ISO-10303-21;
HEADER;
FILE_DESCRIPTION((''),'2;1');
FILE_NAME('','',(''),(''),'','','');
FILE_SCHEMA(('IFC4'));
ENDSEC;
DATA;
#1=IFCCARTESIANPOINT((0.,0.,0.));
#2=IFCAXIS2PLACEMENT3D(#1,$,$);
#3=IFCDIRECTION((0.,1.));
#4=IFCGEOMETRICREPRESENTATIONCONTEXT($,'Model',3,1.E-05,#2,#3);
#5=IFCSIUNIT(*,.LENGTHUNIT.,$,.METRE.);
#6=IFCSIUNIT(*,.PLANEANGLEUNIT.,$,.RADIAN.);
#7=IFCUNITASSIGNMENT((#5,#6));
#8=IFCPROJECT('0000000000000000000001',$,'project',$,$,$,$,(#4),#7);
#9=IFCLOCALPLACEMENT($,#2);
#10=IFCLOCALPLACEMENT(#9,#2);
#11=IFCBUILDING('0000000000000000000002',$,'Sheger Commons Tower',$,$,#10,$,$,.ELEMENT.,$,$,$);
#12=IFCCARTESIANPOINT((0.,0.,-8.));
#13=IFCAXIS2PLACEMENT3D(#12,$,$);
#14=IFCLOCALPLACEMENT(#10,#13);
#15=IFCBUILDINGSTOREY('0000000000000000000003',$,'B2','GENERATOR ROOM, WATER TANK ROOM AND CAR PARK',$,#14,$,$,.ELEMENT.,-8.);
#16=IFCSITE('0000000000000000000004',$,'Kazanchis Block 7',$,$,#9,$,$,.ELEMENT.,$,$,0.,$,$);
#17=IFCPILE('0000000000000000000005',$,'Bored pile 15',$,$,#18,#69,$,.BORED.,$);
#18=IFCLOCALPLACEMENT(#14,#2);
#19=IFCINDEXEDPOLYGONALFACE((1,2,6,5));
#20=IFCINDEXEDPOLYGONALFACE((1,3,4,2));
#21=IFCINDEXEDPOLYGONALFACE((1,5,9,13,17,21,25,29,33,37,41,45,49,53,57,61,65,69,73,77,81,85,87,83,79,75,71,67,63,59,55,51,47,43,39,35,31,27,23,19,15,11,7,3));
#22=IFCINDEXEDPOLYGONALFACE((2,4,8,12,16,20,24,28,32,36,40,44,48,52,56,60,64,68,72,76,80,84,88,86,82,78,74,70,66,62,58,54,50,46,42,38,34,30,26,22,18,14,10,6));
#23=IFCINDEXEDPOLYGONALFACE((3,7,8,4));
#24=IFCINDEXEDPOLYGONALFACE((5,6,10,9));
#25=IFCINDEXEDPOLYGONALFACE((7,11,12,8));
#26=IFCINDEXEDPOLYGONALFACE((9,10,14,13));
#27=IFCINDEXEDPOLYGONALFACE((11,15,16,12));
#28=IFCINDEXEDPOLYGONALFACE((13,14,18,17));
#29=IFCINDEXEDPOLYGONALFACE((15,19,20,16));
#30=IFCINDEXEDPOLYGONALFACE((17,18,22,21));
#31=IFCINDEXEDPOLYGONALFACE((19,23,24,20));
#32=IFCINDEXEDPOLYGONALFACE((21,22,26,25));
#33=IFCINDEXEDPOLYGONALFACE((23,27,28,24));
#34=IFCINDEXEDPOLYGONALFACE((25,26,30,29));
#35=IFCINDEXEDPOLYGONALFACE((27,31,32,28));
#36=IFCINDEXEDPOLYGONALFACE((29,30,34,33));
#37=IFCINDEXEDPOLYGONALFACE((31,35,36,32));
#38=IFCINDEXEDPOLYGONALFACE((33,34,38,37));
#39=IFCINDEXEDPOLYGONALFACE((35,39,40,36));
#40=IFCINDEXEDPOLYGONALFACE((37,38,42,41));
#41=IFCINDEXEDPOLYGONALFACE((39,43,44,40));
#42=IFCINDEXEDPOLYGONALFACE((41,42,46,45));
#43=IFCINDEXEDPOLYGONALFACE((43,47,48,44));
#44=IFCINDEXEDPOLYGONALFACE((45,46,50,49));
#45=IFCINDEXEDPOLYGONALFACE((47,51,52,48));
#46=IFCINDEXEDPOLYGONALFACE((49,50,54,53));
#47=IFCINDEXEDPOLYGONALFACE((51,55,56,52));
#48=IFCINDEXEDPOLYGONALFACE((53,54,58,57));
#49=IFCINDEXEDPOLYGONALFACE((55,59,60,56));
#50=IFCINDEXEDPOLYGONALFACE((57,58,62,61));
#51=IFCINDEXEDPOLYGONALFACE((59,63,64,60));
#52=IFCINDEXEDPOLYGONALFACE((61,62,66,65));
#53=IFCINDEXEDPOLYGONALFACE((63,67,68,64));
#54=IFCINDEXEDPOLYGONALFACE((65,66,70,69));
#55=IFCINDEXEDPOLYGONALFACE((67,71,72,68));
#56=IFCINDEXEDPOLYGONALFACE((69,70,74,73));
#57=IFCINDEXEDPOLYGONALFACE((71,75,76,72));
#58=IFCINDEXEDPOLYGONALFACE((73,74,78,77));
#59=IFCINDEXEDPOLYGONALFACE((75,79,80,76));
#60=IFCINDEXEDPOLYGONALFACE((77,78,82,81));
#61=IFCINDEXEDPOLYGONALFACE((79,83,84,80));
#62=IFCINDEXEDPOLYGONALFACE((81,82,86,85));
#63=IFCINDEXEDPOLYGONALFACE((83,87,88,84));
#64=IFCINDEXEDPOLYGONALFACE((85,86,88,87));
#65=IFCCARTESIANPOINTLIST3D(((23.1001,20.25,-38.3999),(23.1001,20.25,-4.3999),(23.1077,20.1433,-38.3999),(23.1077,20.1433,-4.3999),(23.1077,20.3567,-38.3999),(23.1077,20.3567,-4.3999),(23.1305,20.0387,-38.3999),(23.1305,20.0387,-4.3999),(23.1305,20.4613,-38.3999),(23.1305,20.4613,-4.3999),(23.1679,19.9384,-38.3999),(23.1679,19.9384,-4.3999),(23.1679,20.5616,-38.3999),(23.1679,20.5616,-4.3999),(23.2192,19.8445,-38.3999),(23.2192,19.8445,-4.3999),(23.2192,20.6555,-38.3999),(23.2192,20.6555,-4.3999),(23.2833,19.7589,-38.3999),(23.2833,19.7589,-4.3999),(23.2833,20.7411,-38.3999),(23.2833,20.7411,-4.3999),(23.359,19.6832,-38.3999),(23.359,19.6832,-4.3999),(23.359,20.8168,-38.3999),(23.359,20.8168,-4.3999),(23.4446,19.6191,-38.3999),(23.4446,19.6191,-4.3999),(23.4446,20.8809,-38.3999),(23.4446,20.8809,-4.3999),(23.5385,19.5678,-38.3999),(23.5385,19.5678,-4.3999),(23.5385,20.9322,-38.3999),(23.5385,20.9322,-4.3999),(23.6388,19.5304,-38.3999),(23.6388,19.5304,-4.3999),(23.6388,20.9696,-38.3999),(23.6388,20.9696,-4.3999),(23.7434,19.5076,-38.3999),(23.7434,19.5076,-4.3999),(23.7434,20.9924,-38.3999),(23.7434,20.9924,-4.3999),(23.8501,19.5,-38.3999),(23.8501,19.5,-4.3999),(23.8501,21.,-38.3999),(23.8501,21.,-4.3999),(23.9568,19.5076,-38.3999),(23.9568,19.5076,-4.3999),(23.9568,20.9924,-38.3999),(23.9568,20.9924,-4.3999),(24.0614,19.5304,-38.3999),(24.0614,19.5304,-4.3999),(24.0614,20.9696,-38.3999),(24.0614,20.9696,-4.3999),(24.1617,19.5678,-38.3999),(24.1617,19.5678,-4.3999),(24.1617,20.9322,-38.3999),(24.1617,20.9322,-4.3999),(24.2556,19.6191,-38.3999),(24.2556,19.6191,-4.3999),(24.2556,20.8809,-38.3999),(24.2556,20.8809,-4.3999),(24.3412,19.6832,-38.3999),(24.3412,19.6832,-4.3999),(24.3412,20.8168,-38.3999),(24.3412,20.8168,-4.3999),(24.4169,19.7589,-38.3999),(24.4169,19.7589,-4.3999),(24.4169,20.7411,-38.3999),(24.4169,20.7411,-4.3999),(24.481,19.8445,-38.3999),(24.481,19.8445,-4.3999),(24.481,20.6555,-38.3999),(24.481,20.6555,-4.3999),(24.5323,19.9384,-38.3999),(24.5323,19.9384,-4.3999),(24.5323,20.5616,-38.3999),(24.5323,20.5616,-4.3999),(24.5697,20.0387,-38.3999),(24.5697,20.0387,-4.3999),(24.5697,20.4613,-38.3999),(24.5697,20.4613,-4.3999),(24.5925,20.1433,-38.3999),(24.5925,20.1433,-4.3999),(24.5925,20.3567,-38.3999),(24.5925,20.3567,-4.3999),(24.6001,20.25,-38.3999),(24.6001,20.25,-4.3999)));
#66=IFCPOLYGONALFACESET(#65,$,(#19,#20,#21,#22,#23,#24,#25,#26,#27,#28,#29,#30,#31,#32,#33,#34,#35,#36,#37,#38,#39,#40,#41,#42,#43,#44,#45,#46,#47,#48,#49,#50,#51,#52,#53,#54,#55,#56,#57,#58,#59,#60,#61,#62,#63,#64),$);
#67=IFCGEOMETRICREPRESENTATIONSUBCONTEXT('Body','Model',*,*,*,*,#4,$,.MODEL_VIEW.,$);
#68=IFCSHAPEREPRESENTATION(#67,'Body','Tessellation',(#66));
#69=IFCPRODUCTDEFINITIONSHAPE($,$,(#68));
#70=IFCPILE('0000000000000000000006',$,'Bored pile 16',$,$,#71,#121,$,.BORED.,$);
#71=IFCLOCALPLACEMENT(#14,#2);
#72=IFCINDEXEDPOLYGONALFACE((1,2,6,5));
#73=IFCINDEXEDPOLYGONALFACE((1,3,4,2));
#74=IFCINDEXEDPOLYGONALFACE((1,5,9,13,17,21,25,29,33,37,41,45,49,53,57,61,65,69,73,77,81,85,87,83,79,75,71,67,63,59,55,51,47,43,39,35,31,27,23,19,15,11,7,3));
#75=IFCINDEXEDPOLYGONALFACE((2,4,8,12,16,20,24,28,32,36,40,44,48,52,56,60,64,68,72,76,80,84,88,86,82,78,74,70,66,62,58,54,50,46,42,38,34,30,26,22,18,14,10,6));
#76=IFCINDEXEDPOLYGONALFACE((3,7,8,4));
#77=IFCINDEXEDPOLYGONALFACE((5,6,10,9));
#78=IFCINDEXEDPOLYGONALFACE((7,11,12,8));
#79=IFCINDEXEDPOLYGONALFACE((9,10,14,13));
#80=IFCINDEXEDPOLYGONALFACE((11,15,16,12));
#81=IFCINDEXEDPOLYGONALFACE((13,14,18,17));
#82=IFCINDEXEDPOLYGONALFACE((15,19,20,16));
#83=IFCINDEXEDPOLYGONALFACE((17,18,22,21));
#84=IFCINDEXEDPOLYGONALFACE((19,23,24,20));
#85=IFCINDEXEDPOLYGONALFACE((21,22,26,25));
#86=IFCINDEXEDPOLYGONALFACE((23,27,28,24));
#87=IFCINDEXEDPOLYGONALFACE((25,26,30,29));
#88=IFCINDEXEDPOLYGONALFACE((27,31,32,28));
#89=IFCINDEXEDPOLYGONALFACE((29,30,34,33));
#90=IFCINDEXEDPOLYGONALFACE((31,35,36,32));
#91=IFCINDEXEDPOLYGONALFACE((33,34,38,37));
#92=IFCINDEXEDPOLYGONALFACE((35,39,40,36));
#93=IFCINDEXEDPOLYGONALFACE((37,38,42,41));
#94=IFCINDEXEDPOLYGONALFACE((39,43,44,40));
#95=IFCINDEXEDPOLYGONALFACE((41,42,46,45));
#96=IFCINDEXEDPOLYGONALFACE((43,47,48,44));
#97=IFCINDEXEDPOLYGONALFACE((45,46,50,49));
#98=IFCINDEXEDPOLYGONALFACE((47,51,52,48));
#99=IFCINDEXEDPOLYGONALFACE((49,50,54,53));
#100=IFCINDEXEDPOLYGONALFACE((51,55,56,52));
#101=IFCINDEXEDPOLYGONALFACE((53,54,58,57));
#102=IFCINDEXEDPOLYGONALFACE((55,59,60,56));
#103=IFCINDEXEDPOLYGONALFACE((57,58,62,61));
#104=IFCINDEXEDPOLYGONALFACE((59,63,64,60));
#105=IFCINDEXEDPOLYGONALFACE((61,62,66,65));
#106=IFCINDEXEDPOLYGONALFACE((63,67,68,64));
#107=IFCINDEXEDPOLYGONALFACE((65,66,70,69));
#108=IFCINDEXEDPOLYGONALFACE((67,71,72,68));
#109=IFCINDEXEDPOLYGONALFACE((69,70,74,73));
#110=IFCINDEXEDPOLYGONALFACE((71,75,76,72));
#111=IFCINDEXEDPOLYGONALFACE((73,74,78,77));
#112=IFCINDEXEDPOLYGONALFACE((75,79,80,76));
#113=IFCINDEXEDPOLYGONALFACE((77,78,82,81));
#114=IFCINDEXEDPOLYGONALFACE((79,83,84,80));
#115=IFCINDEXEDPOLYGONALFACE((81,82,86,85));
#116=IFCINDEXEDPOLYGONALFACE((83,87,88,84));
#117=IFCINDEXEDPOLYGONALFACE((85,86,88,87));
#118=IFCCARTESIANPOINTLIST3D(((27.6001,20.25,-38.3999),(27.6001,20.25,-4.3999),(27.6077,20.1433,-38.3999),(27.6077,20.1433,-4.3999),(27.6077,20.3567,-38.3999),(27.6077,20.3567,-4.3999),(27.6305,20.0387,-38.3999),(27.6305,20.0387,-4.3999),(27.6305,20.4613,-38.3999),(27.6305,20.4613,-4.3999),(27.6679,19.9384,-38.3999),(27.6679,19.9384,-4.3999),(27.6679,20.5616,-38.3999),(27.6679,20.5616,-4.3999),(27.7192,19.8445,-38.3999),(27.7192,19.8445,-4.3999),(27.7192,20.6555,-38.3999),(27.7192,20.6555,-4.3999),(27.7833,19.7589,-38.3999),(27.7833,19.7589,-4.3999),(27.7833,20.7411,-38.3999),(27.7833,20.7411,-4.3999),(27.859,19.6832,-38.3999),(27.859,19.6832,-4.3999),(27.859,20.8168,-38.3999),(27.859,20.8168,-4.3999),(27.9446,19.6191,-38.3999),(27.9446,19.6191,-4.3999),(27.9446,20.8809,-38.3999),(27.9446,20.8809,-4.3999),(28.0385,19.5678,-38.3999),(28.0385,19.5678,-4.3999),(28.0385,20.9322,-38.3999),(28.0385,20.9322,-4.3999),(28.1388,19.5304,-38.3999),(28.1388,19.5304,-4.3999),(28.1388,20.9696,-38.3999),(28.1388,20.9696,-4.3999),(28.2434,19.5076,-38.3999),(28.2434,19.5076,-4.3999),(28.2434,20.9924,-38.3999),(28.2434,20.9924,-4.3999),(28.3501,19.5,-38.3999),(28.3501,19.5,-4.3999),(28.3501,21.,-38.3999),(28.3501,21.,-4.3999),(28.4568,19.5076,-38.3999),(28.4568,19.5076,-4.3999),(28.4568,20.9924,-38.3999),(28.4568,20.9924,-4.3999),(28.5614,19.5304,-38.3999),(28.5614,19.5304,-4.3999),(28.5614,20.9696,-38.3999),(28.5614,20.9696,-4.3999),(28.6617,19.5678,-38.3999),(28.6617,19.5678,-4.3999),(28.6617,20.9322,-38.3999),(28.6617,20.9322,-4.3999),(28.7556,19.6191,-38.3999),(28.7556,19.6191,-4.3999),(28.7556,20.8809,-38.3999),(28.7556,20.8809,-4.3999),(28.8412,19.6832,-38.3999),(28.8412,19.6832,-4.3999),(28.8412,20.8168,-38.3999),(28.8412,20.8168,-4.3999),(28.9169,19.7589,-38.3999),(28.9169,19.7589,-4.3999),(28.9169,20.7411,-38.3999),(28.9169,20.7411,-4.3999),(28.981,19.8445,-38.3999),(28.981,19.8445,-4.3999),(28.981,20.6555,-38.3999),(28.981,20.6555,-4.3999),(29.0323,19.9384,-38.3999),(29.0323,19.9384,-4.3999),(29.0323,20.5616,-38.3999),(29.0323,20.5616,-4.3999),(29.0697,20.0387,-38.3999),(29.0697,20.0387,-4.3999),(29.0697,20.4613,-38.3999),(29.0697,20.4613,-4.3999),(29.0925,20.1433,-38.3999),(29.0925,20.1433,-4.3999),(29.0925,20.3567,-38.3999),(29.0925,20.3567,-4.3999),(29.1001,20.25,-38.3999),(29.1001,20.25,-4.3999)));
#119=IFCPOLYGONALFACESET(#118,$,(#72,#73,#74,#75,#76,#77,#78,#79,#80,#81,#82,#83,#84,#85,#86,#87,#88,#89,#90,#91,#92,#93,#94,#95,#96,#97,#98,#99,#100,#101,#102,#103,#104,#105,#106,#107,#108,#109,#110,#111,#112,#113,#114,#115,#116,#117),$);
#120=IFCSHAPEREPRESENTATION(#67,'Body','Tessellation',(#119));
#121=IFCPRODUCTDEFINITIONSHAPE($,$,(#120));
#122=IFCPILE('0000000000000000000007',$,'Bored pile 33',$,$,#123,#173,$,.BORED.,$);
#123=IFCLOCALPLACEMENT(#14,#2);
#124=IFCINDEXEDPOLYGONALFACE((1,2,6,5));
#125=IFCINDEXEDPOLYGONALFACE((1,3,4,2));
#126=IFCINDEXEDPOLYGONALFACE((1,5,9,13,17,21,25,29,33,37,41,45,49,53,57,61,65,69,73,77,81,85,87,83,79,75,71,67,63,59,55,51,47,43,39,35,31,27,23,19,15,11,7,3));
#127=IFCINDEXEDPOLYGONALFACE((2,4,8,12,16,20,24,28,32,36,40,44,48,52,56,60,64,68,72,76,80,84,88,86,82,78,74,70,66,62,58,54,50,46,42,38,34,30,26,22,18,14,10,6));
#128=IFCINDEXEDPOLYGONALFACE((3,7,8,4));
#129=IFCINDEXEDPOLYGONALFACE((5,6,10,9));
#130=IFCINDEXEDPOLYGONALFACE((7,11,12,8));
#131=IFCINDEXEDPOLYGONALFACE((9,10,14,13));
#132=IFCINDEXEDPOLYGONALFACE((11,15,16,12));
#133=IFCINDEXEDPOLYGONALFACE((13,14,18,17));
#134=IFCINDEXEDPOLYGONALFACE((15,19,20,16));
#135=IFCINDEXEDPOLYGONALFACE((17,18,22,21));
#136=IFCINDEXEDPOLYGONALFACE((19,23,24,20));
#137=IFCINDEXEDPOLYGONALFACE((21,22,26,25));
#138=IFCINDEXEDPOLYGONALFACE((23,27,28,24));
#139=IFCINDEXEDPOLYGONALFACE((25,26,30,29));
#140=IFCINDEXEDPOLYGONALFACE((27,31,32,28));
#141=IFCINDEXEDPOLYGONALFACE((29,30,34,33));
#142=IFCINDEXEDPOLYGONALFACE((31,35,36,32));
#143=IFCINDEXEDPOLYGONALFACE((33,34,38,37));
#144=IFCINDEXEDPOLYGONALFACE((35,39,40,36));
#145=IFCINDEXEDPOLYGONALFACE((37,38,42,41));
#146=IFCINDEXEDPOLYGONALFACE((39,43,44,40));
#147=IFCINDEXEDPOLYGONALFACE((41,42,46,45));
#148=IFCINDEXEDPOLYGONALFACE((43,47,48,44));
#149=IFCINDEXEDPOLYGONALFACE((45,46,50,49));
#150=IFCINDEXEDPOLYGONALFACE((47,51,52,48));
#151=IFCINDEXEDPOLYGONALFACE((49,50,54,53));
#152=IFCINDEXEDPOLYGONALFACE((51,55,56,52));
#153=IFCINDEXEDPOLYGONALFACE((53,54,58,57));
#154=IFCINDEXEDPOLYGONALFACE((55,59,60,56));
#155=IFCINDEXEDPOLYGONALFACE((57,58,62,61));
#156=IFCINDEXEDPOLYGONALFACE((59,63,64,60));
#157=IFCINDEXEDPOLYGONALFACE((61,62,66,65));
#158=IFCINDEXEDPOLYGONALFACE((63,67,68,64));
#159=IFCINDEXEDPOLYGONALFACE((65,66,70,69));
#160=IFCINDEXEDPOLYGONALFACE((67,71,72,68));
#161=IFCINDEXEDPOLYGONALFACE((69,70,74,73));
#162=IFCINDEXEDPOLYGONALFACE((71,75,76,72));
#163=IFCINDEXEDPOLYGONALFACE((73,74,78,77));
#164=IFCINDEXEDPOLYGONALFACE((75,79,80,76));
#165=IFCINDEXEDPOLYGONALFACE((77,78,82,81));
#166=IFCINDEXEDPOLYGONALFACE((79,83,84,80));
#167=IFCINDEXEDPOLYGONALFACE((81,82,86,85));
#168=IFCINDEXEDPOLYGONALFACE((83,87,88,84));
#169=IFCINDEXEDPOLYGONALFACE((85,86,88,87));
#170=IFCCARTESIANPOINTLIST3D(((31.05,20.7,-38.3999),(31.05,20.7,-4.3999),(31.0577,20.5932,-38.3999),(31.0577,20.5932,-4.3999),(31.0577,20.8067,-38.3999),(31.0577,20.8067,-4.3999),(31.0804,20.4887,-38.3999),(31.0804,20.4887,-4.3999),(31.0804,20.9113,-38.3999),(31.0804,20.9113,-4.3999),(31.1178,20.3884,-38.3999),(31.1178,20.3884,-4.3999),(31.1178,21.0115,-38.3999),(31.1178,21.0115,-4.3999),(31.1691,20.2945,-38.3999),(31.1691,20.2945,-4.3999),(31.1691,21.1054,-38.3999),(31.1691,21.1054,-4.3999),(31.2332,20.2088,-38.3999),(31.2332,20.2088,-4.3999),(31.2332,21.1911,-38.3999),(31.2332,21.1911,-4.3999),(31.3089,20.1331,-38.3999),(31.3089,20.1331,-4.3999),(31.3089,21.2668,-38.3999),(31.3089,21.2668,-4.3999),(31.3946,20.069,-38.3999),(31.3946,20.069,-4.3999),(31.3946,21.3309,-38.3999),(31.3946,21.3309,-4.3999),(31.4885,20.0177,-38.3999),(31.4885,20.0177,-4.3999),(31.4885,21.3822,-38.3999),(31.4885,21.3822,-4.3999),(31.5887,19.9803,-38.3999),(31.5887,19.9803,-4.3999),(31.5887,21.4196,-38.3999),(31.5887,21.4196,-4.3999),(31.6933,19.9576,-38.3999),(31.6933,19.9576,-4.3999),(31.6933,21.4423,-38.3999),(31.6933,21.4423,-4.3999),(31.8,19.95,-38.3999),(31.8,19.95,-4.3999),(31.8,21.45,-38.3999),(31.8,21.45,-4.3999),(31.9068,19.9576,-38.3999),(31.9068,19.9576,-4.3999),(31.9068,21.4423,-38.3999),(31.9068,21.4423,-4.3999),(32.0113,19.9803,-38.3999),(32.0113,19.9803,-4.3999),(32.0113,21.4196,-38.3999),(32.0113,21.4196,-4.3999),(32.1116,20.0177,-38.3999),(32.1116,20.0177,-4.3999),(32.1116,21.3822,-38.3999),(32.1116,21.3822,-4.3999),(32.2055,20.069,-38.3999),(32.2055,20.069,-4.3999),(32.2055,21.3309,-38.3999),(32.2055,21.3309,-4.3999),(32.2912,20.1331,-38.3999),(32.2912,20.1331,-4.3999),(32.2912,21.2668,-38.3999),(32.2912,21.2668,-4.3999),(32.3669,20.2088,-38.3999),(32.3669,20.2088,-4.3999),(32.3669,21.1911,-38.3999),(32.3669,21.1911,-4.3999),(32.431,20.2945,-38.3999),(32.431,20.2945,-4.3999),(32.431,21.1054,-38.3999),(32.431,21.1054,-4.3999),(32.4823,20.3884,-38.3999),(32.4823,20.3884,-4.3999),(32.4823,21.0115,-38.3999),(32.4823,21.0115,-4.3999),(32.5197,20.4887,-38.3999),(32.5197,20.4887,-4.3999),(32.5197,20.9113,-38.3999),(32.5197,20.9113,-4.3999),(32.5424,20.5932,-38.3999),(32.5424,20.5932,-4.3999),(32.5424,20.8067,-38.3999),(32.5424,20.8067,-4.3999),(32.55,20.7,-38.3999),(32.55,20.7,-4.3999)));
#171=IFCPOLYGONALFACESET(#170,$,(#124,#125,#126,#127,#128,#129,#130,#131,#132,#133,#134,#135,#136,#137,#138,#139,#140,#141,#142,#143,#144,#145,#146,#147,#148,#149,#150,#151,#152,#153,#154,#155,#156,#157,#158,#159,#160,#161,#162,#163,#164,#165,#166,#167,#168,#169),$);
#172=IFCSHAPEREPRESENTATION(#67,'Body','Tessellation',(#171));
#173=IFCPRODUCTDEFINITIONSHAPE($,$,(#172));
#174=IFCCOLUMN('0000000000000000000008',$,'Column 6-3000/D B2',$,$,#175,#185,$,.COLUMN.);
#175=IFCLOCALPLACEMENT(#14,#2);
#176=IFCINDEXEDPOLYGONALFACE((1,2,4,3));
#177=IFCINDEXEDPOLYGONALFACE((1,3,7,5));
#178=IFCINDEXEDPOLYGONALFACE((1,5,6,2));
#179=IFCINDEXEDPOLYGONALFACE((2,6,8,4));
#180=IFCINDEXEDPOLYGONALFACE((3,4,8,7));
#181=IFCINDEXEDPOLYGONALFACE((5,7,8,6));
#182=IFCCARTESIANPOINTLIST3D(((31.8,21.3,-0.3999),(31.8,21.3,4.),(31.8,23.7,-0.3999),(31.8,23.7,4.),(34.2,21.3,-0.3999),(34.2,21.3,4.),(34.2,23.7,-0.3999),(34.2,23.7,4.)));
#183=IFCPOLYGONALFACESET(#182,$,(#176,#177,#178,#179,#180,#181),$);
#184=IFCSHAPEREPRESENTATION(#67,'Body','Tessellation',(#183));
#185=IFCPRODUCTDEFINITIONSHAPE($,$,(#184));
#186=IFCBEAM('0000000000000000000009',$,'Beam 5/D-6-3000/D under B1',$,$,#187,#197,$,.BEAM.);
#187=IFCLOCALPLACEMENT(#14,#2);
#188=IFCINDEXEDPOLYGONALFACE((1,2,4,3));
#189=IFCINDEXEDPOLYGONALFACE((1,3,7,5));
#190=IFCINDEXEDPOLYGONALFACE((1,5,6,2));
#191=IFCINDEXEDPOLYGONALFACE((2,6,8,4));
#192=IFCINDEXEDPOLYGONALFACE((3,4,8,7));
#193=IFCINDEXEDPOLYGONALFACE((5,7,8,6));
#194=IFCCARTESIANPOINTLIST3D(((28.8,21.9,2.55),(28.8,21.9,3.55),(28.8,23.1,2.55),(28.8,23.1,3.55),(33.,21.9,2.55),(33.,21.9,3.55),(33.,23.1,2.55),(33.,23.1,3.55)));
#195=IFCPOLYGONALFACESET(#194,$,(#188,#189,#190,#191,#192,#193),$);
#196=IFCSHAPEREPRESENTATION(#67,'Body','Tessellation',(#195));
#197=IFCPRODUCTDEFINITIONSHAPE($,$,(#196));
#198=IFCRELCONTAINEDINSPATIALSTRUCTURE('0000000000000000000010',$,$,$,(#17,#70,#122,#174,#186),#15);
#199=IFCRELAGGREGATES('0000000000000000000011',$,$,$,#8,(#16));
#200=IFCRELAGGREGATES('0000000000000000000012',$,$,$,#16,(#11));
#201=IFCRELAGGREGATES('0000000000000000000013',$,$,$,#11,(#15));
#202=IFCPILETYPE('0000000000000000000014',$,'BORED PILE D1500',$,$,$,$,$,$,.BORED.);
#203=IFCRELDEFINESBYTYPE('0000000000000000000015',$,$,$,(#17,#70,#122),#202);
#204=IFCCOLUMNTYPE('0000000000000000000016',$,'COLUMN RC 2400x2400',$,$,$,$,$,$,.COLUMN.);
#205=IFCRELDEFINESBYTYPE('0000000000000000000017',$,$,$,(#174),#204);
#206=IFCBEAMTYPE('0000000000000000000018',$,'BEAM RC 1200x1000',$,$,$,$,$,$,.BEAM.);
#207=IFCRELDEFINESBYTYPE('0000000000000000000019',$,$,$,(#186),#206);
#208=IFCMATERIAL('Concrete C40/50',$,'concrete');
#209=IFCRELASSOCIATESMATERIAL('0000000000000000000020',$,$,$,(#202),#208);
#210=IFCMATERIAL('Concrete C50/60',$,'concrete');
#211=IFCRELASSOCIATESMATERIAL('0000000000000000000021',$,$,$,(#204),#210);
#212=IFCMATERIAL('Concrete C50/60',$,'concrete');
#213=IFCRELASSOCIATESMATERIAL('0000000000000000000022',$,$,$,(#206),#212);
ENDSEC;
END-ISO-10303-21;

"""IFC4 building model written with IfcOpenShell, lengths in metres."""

from ifc_helpers import new_model, si_unit, direction, frame, origin, origin_2d, place, context, subcontext, project, spatial, rectangle, circle, extrude, material, material_profile, profile_set, type_object, element, save


model = new_model("IFC4")

# Units and contexts
model_context = context("Model", 3, precision=1e-05, world=origin(), true_north=direction((0.0, 1.0)))
body_context = subcontext(model_context, "Body", "Model", "MODEL_VIEW")
ifc_project = project(units=[si_unit("LENGTHUNIT", "METRE"), si_unit("PLANEANGLEUNIT", "RADIAN")], contexts=[model_context])

# Site, building, storey
site_placement = place(None, origin())
site = spatial("IfcSite", under=ifc_project, at=site_placement, Name="Kazanchis Block 7", CompositionType="ELEMENT", RefElevation=0.0)
building_placement = place(site_placement, origin())
building = spatial("IfcBuilding", under=site, at=building_placement, Name="Sheger Commons Tower", CompositionType="ELEMENT")
storey_placement = place(building_placement, frame((0.0, 0.0, -8.0)))
storey = spatial("IfcBuildingStorey", under=building, at=storey_placement, Name="B2", Description="GENERATOR ROOM, WATER TANK ROOM AND CAR PARK", CompositionType="ELEMENT", Elevation=-8.0)

# Piles
ifc_material_1 = material(Name="Concrete C40/50", Category="concrete")
ifc_material_profile_1 = material_profile(ifc_material_1, circle(Radius=0.75, at=origin_2d()), Name="PILE D1500")
ifc_profile_set_1 = profile_set([ifc_material_profile_1], Name="Concrete C40/50")
pile_type_1 = type_object("IfcPileType", Name="BORED PILE D1500", PredefinedType="BORED", material=ifc_profile_set_1)
for number, where, z_axis, x_axis, name in (
    (1, (23.8501, 20.25, -4.3999), (0.0, 0.0, -1.0), (1.0, 0.0, 0.0), "Bored pile 15"),
    (2, (28.3501, 20.25, -4.3999), (0.0, 0.0, -1.0), (1.0, 0.0, 0.0), "Bored pile 16"),
    (3, (31.8, 20.7, -4.3999), (0.0, 0.0, -1.0), (1.0, 0.0, 0.0), "Bored pile 33"),
):
    element("IfcPile", number, at=place(storey_placement, frame(where, z_axis=z_axis, x_axis=x_axis)), inside=storey, type_object=pile_type_1, Name=name, PredefinedType="BORED", context=body_context, shape_type="SweptSolid", body=[
        extrude(circle(Radius=0.75, at=origin_2d()), origin(), (0.0, 0.0, 1.0), 34.0),
    ])

# Column
ifc_material_2 = material(Name="Concrete C50/60", Category="concrete")
ifc_material_profile_2 = material_profile(ifc_material_2, rectangle(XDim=2.3999, YDim=2.3999, at=origin_2d()), Name="RC 2400x2400")
ifc_profile_set_2 = profile_set([ifc_material_profile_2], Name="Concrete C50/60")
column_type = type_object("IfcColumnType", Name="COLUMN RC 2400x2400", PredefinedType="COLUMN", material=ifc_profile_set_2)
column_placement = place(storey_placement, frame((33.0, 22.5, -0.3999), z_axis=(0.0, 0.0, 1.0), x_axis=(1.0, 0.0, 0.0)))
element("IfcColumn", 4, at=column_placement, inside=storey, type_object=column_type, Name="Column 6-3000/D B2", PredefinedType="COLUMN", context=body_context, shape_type="SweptSolid", body=[
    extrude(rectangle(XDim=2.3999, YDim=2.3999, at=origin_2d()), origin(), (0.0, 0.0, 1.0), 4.3999),
])

# Beam
ifc_material_3 = material(Name="Concrete C50/60", Category="concrete")
ifc_material_profile_3 = material_profile(ifc_material_3, rectangle(XDim=1.2, YDim=1.0, at=origin_2d()), Name="RC 1200x1000")
ifc_profile_set_3 = profile_set([ifc_material_profile_3], Name="Concrete C50/60")
beam_type = type_object("IfcBeamType", Name="BEAM RC 1200x1000", PredefinedType="BEAM", material=ifc_profile_set_3)
beam_1_placement = place(storey_placement, frame((28.8, 22.5, 3.05), z_axis=(1.0, 0.0, 0.0), x_axis=(0.0, 1.0, 0.0)))
element("IfcBeam", 5, at=beam_1_placement, inside=storey, type_object=beam_type, Name="Beam 5/D-6-3000/D under B1", PredefinedType="BEAM", context=body_context, shape_type="SweptSolid", body=[
    extrude(rectangle(XDim=1.2, YDim=1.0, at=origin_2d()), origin(), (0.0, 0.0, 1.0), 4.2),
])

save(model, "model.ifc")
